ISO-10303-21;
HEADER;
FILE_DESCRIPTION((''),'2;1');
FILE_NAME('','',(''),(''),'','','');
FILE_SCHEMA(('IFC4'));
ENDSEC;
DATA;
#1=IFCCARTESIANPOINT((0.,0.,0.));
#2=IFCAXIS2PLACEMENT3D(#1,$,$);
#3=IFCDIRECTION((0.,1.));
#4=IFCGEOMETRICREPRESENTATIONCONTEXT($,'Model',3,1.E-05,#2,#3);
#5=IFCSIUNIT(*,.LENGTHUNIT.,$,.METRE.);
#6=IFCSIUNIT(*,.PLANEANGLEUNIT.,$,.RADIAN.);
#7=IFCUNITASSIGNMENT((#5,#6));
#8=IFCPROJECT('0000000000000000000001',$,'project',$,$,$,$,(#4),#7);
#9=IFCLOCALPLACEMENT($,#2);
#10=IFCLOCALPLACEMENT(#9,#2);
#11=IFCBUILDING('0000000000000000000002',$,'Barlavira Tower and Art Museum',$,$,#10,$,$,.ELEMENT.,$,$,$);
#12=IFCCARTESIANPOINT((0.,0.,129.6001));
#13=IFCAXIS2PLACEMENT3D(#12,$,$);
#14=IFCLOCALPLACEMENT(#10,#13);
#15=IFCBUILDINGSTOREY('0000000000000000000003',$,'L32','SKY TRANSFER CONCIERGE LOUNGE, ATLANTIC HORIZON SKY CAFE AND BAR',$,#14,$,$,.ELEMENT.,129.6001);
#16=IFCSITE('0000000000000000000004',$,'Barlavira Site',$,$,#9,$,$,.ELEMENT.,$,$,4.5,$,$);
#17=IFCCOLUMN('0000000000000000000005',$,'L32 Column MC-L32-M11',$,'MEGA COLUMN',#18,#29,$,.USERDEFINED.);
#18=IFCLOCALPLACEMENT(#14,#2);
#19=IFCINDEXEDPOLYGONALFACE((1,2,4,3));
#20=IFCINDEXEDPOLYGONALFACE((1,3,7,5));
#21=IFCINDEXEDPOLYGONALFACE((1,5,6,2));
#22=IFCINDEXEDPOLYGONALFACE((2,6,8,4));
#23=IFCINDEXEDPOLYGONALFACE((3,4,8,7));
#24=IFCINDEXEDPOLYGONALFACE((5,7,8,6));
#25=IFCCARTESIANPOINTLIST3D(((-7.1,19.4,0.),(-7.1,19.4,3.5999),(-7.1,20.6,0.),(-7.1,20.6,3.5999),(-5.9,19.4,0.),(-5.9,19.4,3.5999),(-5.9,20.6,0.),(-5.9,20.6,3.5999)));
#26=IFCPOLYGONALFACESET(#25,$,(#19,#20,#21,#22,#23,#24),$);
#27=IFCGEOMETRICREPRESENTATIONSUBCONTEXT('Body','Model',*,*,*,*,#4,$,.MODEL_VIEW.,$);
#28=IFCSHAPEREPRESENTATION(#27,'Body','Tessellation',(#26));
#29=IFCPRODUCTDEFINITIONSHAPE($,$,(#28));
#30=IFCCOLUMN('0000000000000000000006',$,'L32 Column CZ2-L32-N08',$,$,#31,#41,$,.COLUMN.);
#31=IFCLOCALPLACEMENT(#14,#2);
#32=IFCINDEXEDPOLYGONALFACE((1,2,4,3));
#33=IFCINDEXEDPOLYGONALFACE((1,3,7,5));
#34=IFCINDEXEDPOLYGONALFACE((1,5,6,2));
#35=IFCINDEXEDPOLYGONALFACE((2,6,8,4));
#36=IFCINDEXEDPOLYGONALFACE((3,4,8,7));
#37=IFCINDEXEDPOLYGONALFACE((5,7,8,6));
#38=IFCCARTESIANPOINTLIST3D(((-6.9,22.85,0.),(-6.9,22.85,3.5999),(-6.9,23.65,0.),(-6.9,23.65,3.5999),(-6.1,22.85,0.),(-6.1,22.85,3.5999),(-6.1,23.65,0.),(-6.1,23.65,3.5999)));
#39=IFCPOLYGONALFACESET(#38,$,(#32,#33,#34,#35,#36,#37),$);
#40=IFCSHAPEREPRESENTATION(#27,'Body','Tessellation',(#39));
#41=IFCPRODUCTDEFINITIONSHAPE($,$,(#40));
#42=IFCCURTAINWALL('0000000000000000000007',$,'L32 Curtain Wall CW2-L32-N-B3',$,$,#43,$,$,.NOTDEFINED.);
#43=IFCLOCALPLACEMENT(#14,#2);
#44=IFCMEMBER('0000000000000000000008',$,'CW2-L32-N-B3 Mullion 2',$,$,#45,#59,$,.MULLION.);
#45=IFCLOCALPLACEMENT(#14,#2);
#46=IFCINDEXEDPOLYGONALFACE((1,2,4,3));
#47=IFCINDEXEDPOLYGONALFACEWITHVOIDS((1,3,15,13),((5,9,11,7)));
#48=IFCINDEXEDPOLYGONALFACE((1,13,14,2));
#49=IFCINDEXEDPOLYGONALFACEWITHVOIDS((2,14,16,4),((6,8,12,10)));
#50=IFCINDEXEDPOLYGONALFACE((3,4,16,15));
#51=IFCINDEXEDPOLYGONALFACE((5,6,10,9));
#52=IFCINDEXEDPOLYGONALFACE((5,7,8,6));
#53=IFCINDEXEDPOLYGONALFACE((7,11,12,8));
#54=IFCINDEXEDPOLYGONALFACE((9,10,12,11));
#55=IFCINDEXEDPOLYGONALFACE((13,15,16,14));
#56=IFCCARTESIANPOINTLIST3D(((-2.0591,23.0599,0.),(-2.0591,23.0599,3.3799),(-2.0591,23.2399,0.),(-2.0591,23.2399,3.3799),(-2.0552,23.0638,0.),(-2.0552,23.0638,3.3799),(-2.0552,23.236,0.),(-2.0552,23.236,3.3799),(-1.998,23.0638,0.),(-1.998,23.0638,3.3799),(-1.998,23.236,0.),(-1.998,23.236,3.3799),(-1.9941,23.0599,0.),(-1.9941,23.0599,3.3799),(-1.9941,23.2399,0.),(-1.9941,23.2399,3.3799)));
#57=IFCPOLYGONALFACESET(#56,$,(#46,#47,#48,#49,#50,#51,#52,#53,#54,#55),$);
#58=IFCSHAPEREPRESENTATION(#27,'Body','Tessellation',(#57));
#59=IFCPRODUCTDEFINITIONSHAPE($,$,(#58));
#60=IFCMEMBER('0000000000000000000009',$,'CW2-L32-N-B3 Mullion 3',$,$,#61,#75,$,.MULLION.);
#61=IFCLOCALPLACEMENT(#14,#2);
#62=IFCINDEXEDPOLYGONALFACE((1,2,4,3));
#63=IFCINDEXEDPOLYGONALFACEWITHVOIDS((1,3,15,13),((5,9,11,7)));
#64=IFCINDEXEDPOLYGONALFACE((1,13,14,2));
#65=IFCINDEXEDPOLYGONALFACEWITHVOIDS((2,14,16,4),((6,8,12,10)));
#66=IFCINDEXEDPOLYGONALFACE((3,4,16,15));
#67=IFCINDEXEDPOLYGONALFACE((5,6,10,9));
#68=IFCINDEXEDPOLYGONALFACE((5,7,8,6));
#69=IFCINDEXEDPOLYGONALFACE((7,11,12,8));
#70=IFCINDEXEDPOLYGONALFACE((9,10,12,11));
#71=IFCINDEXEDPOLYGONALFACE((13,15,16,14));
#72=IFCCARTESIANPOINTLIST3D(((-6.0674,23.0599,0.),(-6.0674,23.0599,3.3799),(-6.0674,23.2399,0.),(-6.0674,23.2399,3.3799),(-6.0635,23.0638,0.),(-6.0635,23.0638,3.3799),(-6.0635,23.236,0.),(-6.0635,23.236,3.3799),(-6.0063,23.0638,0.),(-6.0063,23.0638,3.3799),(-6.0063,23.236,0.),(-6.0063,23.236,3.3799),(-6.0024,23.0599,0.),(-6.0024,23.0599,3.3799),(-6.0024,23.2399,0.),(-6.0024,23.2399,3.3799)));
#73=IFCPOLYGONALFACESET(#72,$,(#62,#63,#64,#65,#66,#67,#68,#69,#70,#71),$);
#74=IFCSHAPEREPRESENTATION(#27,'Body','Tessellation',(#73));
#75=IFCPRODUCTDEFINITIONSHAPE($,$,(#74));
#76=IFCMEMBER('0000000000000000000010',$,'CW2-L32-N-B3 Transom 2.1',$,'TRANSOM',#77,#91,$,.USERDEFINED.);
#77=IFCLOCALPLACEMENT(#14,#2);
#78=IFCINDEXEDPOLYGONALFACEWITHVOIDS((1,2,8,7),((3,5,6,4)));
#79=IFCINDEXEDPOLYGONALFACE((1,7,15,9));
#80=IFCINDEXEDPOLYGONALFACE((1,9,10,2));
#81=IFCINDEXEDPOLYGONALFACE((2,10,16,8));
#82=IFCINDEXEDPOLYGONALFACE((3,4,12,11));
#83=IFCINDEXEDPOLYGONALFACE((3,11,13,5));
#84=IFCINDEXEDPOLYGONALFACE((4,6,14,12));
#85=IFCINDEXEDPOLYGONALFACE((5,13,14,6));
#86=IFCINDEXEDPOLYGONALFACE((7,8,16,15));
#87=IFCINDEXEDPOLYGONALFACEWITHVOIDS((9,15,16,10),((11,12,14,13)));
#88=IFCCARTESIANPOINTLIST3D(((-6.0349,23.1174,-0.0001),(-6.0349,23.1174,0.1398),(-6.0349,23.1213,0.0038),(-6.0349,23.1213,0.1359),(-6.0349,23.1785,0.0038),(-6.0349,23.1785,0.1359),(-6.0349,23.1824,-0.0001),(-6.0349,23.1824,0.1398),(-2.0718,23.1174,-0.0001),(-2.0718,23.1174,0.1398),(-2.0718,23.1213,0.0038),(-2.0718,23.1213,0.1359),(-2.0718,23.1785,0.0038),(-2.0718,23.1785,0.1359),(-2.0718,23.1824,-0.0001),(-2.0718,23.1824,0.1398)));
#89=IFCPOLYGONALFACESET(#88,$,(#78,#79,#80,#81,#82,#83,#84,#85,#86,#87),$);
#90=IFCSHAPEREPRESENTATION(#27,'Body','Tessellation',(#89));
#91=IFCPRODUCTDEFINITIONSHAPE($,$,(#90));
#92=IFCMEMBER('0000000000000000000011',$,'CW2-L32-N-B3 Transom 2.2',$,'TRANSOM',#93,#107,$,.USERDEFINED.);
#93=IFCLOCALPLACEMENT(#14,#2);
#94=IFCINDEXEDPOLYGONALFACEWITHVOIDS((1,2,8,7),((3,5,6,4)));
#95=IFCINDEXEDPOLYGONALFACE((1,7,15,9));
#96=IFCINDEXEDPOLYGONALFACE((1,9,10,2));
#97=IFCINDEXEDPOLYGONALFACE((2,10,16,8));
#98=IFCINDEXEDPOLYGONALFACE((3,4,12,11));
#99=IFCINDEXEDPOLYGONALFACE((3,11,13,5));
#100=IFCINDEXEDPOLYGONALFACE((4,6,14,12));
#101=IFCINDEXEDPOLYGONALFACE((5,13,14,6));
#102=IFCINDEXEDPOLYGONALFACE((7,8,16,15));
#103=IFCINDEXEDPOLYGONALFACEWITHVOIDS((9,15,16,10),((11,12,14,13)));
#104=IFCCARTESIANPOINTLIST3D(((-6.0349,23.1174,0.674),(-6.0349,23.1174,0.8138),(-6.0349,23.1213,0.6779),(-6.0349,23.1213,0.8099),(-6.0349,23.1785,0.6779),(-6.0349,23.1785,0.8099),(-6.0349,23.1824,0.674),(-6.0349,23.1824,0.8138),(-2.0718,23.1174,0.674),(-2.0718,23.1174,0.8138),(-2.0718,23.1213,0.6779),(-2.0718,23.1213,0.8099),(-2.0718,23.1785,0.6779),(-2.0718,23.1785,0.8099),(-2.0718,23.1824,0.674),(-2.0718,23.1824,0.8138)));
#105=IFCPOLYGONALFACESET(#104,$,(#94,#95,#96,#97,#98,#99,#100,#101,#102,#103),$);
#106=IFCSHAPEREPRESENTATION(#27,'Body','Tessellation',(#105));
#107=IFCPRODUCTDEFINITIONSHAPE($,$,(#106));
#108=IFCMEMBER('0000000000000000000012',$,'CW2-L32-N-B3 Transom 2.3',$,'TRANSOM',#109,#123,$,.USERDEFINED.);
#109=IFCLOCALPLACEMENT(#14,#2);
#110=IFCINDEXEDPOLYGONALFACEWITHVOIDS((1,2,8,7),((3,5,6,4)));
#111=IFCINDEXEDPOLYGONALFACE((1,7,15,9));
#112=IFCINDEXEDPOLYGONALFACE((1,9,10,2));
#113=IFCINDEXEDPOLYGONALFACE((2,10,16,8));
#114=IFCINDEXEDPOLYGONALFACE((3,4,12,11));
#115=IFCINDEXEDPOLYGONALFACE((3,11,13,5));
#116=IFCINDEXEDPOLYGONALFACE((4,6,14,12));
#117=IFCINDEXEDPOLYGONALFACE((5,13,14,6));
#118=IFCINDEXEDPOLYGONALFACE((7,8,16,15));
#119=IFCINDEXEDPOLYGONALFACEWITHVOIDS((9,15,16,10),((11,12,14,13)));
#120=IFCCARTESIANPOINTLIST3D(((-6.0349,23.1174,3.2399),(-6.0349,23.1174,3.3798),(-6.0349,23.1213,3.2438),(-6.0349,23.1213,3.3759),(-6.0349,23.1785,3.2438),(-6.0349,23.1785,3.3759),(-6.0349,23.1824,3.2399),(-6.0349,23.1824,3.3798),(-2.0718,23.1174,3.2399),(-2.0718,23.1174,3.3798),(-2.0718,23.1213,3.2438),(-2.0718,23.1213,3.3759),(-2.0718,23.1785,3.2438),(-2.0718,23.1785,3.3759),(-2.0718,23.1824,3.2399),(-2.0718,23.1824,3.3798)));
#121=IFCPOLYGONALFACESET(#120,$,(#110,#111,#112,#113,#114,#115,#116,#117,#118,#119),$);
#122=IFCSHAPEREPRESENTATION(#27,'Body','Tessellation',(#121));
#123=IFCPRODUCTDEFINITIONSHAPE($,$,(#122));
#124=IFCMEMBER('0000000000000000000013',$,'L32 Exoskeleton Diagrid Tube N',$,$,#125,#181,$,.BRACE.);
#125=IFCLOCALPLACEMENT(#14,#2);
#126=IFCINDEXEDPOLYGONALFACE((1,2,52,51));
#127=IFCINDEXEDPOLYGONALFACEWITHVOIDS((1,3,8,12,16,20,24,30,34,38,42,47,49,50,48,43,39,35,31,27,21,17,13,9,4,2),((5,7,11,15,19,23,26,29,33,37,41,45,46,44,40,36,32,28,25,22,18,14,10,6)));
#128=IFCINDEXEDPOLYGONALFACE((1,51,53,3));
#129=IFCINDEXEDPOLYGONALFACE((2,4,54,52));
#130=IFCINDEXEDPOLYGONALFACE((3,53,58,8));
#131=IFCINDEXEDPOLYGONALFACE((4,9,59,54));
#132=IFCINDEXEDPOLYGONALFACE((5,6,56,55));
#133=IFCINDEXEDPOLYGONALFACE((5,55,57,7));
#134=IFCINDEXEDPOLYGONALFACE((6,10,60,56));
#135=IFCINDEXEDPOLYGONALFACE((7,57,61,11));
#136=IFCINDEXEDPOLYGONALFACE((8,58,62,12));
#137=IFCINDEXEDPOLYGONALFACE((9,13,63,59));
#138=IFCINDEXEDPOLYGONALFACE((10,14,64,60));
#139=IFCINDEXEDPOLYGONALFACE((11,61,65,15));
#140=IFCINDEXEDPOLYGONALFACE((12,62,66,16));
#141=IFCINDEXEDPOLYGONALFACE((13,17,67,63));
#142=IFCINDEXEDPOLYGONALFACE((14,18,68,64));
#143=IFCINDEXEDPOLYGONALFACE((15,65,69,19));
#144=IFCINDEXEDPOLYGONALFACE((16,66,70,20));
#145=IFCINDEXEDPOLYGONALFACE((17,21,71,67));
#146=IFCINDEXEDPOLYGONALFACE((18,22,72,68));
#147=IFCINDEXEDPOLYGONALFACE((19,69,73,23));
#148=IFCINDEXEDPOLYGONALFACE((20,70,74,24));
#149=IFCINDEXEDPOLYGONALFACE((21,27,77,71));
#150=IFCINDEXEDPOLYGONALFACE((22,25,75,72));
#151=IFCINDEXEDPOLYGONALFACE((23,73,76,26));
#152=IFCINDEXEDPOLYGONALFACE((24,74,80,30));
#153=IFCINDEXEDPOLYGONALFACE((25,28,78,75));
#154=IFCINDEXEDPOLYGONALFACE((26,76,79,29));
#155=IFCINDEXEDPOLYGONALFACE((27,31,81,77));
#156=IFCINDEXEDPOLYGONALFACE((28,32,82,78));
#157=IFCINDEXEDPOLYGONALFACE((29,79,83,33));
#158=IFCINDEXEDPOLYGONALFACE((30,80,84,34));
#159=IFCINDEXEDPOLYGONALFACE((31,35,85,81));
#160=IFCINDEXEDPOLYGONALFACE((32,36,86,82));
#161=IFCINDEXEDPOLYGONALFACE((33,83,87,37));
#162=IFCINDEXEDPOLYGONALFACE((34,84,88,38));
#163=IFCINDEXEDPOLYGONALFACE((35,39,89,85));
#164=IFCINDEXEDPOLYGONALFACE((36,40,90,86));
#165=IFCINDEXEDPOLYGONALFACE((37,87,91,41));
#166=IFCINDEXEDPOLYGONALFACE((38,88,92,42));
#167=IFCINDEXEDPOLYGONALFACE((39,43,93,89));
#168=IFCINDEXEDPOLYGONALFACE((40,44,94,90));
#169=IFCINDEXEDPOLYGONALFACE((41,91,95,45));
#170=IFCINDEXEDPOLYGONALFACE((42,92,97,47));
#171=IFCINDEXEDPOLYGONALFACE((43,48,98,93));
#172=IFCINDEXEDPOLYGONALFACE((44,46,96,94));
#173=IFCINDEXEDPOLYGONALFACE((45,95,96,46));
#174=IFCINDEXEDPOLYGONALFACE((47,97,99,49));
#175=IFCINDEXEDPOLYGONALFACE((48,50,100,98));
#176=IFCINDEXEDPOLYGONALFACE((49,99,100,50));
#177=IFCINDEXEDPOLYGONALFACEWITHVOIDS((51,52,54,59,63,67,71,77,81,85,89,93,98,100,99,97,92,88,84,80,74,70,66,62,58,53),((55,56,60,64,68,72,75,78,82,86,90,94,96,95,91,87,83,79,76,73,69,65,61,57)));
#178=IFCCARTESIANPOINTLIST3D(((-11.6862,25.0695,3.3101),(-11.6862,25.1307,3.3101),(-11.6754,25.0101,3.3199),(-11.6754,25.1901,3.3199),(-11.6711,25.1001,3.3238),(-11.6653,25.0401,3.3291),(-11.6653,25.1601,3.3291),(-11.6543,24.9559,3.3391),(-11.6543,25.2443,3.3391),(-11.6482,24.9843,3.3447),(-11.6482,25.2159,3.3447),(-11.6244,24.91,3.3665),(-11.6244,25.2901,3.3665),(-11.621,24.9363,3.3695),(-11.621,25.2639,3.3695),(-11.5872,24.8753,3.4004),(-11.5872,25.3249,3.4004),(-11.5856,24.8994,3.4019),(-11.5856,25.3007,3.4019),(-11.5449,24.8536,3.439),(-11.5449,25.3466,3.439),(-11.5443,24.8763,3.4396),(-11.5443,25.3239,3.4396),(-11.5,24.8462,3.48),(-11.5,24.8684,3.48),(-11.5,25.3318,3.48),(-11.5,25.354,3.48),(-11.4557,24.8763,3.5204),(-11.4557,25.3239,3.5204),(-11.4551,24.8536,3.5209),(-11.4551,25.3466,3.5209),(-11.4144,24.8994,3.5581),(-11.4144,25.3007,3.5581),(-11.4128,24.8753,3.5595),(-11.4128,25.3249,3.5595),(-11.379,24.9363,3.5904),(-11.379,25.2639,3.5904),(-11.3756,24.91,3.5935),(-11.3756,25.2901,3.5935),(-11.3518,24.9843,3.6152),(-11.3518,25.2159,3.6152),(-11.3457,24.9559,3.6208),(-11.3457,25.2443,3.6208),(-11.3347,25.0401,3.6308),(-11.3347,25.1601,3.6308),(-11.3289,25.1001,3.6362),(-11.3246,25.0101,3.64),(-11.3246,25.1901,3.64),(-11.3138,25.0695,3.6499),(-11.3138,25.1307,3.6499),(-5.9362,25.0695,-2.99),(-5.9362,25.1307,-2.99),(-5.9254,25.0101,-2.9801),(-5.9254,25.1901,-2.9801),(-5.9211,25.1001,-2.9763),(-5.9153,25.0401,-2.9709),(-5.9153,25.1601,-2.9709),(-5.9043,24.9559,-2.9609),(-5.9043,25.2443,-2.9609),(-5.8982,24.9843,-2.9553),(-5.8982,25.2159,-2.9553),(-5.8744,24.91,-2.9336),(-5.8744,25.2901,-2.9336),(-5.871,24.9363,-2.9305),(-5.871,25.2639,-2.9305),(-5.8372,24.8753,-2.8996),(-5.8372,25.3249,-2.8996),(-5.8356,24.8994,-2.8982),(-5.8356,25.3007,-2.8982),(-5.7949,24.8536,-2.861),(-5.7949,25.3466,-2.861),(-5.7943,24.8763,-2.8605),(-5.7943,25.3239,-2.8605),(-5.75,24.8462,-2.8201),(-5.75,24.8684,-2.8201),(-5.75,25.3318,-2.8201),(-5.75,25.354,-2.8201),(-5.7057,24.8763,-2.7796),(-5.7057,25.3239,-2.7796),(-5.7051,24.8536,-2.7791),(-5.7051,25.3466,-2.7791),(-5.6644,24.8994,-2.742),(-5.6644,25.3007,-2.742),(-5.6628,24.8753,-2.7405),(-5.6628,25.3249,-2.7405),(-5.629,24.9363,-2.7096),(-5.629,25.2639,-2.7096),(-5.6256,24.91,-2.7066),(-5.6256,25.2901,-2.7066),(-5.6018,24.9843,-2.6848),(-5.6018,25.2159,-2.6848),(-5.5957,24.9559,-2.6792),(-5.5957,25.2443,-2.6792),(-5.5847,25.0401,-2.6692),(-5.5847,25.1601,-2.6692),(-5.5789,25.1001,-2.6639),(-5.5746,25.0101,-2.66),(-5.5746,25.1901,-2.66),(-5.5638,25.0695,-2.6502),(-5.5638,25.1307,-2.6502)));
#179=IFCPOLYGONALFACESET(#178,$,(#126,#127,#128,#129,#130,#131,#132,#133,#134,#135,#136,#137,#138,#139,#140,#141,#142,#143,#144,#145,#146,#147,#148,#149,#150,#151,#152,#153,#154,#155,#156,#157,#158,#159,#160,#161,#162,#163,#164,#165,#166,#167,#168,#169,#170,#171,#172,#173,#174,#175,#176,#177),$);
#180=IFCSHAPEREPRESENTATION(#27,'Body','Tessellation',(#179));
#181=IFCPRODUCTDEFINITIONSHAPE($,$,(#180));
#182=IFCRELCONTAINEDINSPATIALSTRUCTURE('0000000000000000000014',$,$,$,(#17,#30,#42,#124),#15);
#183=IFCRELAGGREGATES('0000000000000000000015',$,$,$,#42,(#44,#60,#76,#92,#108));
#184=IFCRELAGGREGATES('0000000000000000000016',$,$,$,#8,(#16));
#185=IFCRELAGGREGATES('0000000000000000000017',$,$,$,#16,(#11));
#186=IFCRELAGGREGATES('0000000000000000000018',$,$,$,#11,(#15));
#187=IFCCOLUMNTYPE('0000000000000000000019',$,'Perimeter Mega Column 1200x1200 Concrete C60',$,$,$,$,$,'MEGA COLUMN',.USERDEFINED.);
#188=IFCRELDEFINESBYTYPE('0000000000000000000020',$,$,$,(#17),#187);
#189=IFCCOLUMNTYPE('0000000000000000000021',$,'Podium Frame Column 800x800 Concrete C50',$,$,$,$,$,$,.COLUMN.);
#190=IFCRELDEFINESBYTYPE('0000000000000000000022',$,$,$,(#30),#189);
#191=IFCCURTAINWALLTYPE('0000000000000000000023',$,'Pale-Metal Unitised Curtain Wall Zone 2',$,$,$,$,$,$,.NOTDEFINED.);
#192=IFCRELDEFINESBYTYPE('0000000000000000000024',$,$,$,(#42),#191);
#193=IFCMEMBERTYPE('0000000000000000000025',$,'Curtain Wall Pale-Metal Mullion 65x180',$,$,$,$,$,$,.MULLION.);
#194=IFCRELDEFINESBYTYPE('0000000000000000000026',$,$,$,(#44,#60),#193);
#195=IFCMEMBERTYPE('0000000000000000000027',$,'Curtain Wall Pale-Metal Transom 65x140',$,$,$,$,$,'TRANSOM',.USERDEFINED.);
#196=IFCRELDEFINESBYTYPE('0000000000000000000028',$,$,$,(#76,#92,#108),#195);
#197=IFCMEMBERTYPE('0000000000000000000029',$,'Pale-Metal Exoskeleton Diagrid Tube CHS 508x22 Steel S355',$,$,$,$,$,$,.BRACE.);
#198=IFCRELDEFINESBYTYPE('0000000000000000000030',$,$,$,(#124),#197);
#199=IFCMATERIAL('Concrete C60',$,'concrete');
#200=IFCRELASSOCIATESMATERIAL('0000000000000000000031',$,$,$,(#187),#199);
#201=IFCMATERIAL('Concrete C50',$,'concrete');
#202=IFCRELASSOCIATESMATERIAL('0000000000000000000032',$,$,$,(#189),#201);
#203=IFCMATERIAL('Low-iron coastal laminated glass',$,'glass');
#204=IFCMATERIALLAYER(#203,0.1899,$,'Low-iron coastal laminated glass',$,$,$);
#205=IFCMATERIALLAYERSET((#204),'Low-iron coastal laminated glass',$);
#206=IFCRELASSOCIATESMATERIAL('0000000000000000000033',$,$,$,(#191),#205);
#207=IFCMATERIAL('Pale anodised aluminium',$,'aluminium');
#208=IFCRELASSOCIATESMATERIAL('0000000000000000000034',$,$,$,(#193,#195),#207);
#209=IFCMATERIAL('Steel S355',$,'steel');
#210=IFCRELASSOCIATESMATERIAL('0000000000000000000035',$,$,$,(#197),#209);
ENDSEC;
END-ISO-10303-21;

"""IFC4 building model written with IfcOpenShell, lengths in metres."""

from ifc_helpers import new_model, si_unit, direction, frame, origin, origin_2d, place, context, subcontext, project, spatial, rectangle, hollow_rectangle, hollow_circle, extrude, material, layer, layer_set, material_profile, profile_set, type_object, element, aggregate, save


model = new_model("IFC4")

# Units and contexts
model_context = context("Model", 3, precision=1e-05, world=origin(), true_north=direction((0.0, 1.0)))
body_context = subcontext(model_context, "Body", "Model", "MODEL_VIEW")
ifc_project = project(units=[si_unit("LENGTHUNIT", "METRE"), si_unit("PLANEANGLEUNIT", "RADIAN")], contexts=[model_context])

# Site, building, storey
site_placement = place(None, origin())
site = spatial("IfcSite", under=ifc_project, at=site_placement, Name="Barlavira Site", CompositionType="ELEMENT", RefElevation=4.5)
building_placement = place(site_placement, origin())
building = spatial("IfcBuilding", under=site, at=building_placement, Name="Barlavira Tower and Art Museum", CompositionType="ELEMENT")
storey_placement = place(building_placement, frame((0.0, 0.0, 129.6001)))
storey = spatial("IfcBuildingStorey", under=building, at=storey_placement, Name="L32", Description="SKY TRANSFER CONCIERGE LOUNGE, ATLANTIC HORIZON SKY CAFE AND BAR", CompositionType="ELEMENT", Elevation=129.6001)

# Columns
ifc_material_1 = material(Name="Concrete C60", Category="concrete")
ifc_material_profile_1 = material_profile(ifc_material_1, rectangle(XDim=1.2, YDim=1.2, at=origin_2d()), Name="RC-COL 1200x1200")
ifc_profile_set_1 = profile_set([ifc_material_profile_1], Name="Concrete C60")
column_type_1 = type_object("IfcColumnType", Name="Perimeter Mega Column 1200x1200 Concrete C60", ElementType="MEGA COLUMN", PredefinedType="USERDEFINED", material=ifc_profile_set_1)
column_1_placement = place(storey_placement, frame((-6.5, 20.0, 0.0), z_axis=(0.0, 0.0, 1.0), x_axis=(1.0, 0.0, 0.0)))
element("IfcColumn", 1, at=column_1_placement, inside=storey, type_object=column_type_1, Name="L32 Column MC-L32-M11", ObjectType="MEGA COLUMN", PredefinedType="USERDEFINED", context=body_context, shape_type="SweptSolid", body=[
    extrude(rectangle(XDim=1.2, YDim=1.2, at=origin_2d()), origin(), (0.0, 0.0, 1.0), 3.5999),
])
ifc_material_2 = material(Name="Concrete C50", Category="concrete")
ifc_material_profile_2 = material_profile(ifc_material_2, rectangle(XDim=0.8, YDim=0.8, at=origin_2d()), Name="RC-COL 800x800")
ifc_profile_set_2 = profile_set([ifc_material_profile_2], Name="Concrete C50")
column_type_2 = type_object("IfcColumnType", Name="Podium Frame Column 800x800 Concrete C50", PredefinedType="COLUMN", material=ifc_profile_set_2)
column_2_placement = place(storey_placement, frame((-6.5, 23.25, 0.0), z_axis=(0.0, 0.0, 1.0), x_axis=(1.0, 0.0, 0.0)))
element("IfcColumn", 2, at=column_2_placement, inside=storey, type_object=column_type_2, Name="L32 Column CZ2-L32-N08", PredefinedType="COLUMN", context=body_context, shape_type="SweptSolid", body=[
    extrude(rectangle(XDim=0.8, YDim=0.8, at=origin_2d()), origin(), (0.0, 0.0, 1.0), 3.5999),
])

# Curtain wall, members
ifc_material_3 = material(Name="Low-iron coastal laminated glass", Category="glass")
ifc_layer_1 = layer(ifc_material_3, 0.1899, Name="Low-iron coastal laminated glass")
ifc_layer_set_1 = layer_set([ifc_layer_1], Name="Low-iron coastal laminated glass")
curtain_wall_type = type_object("IfcCurtainWallType", Name="Pale-Metal Unitised Curtain Wall Zone 2", PredefinedType="NOTDEFINED", material=ifc_layer_set_1)
curtain_wall_placement = place(storey_placement, origin())
curtain_wall = element("IfcCurtainWall", 3, at=curtain_wall_placement, inside=storey, type_object=curtain_wall_type, Name="L32 Curtain Wall CW2-L32-N-B3", PredefinedType="NOTDEFINED")
ifc_material_4 = material(Name="Pale anodised aluminium", Category="aluminium")
ifc_material_profile_3 = material_profile(ifc_material_4, hollow_rectangle(XDim=0.0649, YDim=0.1799, WallThickness=0.0039, at=origin_2d()), Name="ALU-MULL 65x180x4")
ifc_profile_set_3 = profile_set([ifc_material_profile_3], Name="Pale anodised aluminium")
member_type_1 = type_object("IfcMemberType", Name="Curtain Wall Pale-Metal Mullion 65x180", PredefinedType="MULLION", material=ifc_profile_set_3)
member_1_placement = place(storey_placement, frame((-2.0266, 23.1499, 0.0), z_axis=(0.0, 0.0, 1.0), x_axis=(-1.0, 0.0, 0.0)))
member_1 = element("IfcMember", 4, at=member_1_placement, type_object=member_type_1, Name="CW2-L32-N-B3 Mullion 2", PredefinedType="MULLION", context=body_context, shape_type="SweptSolid", body=[
    extrude(hollow_rectangle(XDim=0.0649, YDim=0.1799, WallThickness=0.0039, at=origin_2d()), origin(), (0.0, 0.0, 1.0), 3.3799),
])
member_2_placement = place(storey_placement, frame((-6.0349, 23.1499, 0.0), z_axis=(0.0, 0.0, 1.0), x_axis=(-1.0, 0.0, 0.0)))
member_2 = element("IfcMember", 5, at=member_2_placement, type_object=member_type_1, Name="CW2-L32-N-B3 Mullion 3", PredefinedType="MULLION", context=body_context, shape_type="SweptSolid", body=[
    extrude(hollow_rectangle(XDim=0.0649, YDim=0.1799, WallThickness=0.0039, at=origin_2d()), origin(), (0.0, 0.0, 1.0), 3.3799),
])
ifc_material_profile_4 = material_profile(ifc_material_4, hollow_rectangle(XDim=0.0649, YDim=0.1399, WallThickness=0.0039, at=origin_2d()), Name="ALU-TRAN 65x140x4")
ifc_profile_set_4 = profile_set([ifc_material_profile_4], Name="Pale anodised aluminium")
member_type_2 = type_object("IfcMemberType", Name="Curtain Wall Pale-Metal Transom 65x140", ElementType="TRANSOM", PredefinedType="USERDEFINED", material=ifc_profile_set_4)
member_3_placement = place(storey_placement, frame((-2.0718, 23.1499, 0.0698), z_axis=(-1.0, 0.0, 0.0), x_axis=(0.0, -1.0, 0.0)))
member_3 = element("IfcMember", 6, at=member_3_placement, type_object=member_type_2, Name="CW2-L32-N-B3 Transom 2.1", ObjectType="TRANSOM", PredefinedType="USERDEFINED", context=body_context, shape_type="SweptSolid", body=[
    extrude(hollow_rectangle(XDim=0.0649, YDim=0.1399, WallThickness=0.0039, at=origin_2d()), origin(), (0.0, 0.0, 1.0), 3.9631),
])
member_4_placement = place(storey_placement, frame((-2.0718, 23.1499, 0.7439), z_axis=(-1.0, 0.0, 0.0), x_axis=(0.0, -1.0, 0.0)))
member_4 = element("IfcMember", 7, at=member_4_placement, type_object=member_type_2, Name="CW2-L32-N-B3 Transom 2.2", ObjectType="TRANSOM", PredefinedType="USERDEFINED", context=body_context, shape_type="SweptSolid", body=[
    extrude(hollow_rectangle(XDim=0.0649, YDim=0.1399, WallThickness=0.0039, at=origin_2d()), origin(), (0.0, 0.0, 1.0), 3.9631),
])
member_5_placement = place(storey_placement, frame((-2.0718, 23.1499, 3.3098), z_axis=(-1.0, 0.0, 0.0), x_axis=(0.0, -1.0, 0.0)))
member_5 = element("IfcMember", 8, at=member_5_placement, type_object=member_type_2, Name="CW2-L32-N-B3 Transom 2.3", ObjectType="TRANSOM", PredefinedType="USERDEFINED", context=body_context, shape_type="SweptSolid", body=[
    extrude(hollow_rectangle(XDim=0.0649, YDim=0.1399, WallThickness=0.0039, at=origin_2d()), origin(), (0.0, 0.0, 1.0), 3.9631),
])

# Member
ifc_material_5 = material(Name="Steel S355", Category="steel")
ifc_material_profile_5 = material_profile(ifc_material_5, hollow_circle(Radius=0.2539, WallThickness=0.0222, at=origin_2d()), Name="CHS 508.0x22.2")
ifc_profile_set_5 = profile_set([ifc_material_profile_5], Name="Steel S355")
member_type_3 = type_object("IfcMemberType", Name="Pale-Metal Exoskeleton Diagrid Tube CHS 508x22 Steel S355", PredefinedType="BRACE", material=ifc_profile_set_5)
for number, where, z_axis, x_axis, name in (
    (9, (-5.75, 25.1001, -2.8201), (-0.674128, 0.0, 0.738615), (0.0, -1.0, 0.0), "L32 Exoskeleton Diagrid Tube N"),
):
    element("IfcMember", number, at=place(storey_placement, frame(where, z_axis=z_axis, x_axis=x_axis)), inside=storey, type_object=member_type_3, Name=name, PredefinedType="BRACE", context=body_context, shape_type="SweptSolid", body=[
        extrude(hollow_circle(Radius=0.2539, WallThickness=0.0222, at=origin_2d()), origin(), (0.0, 0.0, 1.0), 8.5295),
    ])

aggregate(curtain_wall, [member_1, member_2, member_3, member_4, member_5])

save(model, "model.ifc")
